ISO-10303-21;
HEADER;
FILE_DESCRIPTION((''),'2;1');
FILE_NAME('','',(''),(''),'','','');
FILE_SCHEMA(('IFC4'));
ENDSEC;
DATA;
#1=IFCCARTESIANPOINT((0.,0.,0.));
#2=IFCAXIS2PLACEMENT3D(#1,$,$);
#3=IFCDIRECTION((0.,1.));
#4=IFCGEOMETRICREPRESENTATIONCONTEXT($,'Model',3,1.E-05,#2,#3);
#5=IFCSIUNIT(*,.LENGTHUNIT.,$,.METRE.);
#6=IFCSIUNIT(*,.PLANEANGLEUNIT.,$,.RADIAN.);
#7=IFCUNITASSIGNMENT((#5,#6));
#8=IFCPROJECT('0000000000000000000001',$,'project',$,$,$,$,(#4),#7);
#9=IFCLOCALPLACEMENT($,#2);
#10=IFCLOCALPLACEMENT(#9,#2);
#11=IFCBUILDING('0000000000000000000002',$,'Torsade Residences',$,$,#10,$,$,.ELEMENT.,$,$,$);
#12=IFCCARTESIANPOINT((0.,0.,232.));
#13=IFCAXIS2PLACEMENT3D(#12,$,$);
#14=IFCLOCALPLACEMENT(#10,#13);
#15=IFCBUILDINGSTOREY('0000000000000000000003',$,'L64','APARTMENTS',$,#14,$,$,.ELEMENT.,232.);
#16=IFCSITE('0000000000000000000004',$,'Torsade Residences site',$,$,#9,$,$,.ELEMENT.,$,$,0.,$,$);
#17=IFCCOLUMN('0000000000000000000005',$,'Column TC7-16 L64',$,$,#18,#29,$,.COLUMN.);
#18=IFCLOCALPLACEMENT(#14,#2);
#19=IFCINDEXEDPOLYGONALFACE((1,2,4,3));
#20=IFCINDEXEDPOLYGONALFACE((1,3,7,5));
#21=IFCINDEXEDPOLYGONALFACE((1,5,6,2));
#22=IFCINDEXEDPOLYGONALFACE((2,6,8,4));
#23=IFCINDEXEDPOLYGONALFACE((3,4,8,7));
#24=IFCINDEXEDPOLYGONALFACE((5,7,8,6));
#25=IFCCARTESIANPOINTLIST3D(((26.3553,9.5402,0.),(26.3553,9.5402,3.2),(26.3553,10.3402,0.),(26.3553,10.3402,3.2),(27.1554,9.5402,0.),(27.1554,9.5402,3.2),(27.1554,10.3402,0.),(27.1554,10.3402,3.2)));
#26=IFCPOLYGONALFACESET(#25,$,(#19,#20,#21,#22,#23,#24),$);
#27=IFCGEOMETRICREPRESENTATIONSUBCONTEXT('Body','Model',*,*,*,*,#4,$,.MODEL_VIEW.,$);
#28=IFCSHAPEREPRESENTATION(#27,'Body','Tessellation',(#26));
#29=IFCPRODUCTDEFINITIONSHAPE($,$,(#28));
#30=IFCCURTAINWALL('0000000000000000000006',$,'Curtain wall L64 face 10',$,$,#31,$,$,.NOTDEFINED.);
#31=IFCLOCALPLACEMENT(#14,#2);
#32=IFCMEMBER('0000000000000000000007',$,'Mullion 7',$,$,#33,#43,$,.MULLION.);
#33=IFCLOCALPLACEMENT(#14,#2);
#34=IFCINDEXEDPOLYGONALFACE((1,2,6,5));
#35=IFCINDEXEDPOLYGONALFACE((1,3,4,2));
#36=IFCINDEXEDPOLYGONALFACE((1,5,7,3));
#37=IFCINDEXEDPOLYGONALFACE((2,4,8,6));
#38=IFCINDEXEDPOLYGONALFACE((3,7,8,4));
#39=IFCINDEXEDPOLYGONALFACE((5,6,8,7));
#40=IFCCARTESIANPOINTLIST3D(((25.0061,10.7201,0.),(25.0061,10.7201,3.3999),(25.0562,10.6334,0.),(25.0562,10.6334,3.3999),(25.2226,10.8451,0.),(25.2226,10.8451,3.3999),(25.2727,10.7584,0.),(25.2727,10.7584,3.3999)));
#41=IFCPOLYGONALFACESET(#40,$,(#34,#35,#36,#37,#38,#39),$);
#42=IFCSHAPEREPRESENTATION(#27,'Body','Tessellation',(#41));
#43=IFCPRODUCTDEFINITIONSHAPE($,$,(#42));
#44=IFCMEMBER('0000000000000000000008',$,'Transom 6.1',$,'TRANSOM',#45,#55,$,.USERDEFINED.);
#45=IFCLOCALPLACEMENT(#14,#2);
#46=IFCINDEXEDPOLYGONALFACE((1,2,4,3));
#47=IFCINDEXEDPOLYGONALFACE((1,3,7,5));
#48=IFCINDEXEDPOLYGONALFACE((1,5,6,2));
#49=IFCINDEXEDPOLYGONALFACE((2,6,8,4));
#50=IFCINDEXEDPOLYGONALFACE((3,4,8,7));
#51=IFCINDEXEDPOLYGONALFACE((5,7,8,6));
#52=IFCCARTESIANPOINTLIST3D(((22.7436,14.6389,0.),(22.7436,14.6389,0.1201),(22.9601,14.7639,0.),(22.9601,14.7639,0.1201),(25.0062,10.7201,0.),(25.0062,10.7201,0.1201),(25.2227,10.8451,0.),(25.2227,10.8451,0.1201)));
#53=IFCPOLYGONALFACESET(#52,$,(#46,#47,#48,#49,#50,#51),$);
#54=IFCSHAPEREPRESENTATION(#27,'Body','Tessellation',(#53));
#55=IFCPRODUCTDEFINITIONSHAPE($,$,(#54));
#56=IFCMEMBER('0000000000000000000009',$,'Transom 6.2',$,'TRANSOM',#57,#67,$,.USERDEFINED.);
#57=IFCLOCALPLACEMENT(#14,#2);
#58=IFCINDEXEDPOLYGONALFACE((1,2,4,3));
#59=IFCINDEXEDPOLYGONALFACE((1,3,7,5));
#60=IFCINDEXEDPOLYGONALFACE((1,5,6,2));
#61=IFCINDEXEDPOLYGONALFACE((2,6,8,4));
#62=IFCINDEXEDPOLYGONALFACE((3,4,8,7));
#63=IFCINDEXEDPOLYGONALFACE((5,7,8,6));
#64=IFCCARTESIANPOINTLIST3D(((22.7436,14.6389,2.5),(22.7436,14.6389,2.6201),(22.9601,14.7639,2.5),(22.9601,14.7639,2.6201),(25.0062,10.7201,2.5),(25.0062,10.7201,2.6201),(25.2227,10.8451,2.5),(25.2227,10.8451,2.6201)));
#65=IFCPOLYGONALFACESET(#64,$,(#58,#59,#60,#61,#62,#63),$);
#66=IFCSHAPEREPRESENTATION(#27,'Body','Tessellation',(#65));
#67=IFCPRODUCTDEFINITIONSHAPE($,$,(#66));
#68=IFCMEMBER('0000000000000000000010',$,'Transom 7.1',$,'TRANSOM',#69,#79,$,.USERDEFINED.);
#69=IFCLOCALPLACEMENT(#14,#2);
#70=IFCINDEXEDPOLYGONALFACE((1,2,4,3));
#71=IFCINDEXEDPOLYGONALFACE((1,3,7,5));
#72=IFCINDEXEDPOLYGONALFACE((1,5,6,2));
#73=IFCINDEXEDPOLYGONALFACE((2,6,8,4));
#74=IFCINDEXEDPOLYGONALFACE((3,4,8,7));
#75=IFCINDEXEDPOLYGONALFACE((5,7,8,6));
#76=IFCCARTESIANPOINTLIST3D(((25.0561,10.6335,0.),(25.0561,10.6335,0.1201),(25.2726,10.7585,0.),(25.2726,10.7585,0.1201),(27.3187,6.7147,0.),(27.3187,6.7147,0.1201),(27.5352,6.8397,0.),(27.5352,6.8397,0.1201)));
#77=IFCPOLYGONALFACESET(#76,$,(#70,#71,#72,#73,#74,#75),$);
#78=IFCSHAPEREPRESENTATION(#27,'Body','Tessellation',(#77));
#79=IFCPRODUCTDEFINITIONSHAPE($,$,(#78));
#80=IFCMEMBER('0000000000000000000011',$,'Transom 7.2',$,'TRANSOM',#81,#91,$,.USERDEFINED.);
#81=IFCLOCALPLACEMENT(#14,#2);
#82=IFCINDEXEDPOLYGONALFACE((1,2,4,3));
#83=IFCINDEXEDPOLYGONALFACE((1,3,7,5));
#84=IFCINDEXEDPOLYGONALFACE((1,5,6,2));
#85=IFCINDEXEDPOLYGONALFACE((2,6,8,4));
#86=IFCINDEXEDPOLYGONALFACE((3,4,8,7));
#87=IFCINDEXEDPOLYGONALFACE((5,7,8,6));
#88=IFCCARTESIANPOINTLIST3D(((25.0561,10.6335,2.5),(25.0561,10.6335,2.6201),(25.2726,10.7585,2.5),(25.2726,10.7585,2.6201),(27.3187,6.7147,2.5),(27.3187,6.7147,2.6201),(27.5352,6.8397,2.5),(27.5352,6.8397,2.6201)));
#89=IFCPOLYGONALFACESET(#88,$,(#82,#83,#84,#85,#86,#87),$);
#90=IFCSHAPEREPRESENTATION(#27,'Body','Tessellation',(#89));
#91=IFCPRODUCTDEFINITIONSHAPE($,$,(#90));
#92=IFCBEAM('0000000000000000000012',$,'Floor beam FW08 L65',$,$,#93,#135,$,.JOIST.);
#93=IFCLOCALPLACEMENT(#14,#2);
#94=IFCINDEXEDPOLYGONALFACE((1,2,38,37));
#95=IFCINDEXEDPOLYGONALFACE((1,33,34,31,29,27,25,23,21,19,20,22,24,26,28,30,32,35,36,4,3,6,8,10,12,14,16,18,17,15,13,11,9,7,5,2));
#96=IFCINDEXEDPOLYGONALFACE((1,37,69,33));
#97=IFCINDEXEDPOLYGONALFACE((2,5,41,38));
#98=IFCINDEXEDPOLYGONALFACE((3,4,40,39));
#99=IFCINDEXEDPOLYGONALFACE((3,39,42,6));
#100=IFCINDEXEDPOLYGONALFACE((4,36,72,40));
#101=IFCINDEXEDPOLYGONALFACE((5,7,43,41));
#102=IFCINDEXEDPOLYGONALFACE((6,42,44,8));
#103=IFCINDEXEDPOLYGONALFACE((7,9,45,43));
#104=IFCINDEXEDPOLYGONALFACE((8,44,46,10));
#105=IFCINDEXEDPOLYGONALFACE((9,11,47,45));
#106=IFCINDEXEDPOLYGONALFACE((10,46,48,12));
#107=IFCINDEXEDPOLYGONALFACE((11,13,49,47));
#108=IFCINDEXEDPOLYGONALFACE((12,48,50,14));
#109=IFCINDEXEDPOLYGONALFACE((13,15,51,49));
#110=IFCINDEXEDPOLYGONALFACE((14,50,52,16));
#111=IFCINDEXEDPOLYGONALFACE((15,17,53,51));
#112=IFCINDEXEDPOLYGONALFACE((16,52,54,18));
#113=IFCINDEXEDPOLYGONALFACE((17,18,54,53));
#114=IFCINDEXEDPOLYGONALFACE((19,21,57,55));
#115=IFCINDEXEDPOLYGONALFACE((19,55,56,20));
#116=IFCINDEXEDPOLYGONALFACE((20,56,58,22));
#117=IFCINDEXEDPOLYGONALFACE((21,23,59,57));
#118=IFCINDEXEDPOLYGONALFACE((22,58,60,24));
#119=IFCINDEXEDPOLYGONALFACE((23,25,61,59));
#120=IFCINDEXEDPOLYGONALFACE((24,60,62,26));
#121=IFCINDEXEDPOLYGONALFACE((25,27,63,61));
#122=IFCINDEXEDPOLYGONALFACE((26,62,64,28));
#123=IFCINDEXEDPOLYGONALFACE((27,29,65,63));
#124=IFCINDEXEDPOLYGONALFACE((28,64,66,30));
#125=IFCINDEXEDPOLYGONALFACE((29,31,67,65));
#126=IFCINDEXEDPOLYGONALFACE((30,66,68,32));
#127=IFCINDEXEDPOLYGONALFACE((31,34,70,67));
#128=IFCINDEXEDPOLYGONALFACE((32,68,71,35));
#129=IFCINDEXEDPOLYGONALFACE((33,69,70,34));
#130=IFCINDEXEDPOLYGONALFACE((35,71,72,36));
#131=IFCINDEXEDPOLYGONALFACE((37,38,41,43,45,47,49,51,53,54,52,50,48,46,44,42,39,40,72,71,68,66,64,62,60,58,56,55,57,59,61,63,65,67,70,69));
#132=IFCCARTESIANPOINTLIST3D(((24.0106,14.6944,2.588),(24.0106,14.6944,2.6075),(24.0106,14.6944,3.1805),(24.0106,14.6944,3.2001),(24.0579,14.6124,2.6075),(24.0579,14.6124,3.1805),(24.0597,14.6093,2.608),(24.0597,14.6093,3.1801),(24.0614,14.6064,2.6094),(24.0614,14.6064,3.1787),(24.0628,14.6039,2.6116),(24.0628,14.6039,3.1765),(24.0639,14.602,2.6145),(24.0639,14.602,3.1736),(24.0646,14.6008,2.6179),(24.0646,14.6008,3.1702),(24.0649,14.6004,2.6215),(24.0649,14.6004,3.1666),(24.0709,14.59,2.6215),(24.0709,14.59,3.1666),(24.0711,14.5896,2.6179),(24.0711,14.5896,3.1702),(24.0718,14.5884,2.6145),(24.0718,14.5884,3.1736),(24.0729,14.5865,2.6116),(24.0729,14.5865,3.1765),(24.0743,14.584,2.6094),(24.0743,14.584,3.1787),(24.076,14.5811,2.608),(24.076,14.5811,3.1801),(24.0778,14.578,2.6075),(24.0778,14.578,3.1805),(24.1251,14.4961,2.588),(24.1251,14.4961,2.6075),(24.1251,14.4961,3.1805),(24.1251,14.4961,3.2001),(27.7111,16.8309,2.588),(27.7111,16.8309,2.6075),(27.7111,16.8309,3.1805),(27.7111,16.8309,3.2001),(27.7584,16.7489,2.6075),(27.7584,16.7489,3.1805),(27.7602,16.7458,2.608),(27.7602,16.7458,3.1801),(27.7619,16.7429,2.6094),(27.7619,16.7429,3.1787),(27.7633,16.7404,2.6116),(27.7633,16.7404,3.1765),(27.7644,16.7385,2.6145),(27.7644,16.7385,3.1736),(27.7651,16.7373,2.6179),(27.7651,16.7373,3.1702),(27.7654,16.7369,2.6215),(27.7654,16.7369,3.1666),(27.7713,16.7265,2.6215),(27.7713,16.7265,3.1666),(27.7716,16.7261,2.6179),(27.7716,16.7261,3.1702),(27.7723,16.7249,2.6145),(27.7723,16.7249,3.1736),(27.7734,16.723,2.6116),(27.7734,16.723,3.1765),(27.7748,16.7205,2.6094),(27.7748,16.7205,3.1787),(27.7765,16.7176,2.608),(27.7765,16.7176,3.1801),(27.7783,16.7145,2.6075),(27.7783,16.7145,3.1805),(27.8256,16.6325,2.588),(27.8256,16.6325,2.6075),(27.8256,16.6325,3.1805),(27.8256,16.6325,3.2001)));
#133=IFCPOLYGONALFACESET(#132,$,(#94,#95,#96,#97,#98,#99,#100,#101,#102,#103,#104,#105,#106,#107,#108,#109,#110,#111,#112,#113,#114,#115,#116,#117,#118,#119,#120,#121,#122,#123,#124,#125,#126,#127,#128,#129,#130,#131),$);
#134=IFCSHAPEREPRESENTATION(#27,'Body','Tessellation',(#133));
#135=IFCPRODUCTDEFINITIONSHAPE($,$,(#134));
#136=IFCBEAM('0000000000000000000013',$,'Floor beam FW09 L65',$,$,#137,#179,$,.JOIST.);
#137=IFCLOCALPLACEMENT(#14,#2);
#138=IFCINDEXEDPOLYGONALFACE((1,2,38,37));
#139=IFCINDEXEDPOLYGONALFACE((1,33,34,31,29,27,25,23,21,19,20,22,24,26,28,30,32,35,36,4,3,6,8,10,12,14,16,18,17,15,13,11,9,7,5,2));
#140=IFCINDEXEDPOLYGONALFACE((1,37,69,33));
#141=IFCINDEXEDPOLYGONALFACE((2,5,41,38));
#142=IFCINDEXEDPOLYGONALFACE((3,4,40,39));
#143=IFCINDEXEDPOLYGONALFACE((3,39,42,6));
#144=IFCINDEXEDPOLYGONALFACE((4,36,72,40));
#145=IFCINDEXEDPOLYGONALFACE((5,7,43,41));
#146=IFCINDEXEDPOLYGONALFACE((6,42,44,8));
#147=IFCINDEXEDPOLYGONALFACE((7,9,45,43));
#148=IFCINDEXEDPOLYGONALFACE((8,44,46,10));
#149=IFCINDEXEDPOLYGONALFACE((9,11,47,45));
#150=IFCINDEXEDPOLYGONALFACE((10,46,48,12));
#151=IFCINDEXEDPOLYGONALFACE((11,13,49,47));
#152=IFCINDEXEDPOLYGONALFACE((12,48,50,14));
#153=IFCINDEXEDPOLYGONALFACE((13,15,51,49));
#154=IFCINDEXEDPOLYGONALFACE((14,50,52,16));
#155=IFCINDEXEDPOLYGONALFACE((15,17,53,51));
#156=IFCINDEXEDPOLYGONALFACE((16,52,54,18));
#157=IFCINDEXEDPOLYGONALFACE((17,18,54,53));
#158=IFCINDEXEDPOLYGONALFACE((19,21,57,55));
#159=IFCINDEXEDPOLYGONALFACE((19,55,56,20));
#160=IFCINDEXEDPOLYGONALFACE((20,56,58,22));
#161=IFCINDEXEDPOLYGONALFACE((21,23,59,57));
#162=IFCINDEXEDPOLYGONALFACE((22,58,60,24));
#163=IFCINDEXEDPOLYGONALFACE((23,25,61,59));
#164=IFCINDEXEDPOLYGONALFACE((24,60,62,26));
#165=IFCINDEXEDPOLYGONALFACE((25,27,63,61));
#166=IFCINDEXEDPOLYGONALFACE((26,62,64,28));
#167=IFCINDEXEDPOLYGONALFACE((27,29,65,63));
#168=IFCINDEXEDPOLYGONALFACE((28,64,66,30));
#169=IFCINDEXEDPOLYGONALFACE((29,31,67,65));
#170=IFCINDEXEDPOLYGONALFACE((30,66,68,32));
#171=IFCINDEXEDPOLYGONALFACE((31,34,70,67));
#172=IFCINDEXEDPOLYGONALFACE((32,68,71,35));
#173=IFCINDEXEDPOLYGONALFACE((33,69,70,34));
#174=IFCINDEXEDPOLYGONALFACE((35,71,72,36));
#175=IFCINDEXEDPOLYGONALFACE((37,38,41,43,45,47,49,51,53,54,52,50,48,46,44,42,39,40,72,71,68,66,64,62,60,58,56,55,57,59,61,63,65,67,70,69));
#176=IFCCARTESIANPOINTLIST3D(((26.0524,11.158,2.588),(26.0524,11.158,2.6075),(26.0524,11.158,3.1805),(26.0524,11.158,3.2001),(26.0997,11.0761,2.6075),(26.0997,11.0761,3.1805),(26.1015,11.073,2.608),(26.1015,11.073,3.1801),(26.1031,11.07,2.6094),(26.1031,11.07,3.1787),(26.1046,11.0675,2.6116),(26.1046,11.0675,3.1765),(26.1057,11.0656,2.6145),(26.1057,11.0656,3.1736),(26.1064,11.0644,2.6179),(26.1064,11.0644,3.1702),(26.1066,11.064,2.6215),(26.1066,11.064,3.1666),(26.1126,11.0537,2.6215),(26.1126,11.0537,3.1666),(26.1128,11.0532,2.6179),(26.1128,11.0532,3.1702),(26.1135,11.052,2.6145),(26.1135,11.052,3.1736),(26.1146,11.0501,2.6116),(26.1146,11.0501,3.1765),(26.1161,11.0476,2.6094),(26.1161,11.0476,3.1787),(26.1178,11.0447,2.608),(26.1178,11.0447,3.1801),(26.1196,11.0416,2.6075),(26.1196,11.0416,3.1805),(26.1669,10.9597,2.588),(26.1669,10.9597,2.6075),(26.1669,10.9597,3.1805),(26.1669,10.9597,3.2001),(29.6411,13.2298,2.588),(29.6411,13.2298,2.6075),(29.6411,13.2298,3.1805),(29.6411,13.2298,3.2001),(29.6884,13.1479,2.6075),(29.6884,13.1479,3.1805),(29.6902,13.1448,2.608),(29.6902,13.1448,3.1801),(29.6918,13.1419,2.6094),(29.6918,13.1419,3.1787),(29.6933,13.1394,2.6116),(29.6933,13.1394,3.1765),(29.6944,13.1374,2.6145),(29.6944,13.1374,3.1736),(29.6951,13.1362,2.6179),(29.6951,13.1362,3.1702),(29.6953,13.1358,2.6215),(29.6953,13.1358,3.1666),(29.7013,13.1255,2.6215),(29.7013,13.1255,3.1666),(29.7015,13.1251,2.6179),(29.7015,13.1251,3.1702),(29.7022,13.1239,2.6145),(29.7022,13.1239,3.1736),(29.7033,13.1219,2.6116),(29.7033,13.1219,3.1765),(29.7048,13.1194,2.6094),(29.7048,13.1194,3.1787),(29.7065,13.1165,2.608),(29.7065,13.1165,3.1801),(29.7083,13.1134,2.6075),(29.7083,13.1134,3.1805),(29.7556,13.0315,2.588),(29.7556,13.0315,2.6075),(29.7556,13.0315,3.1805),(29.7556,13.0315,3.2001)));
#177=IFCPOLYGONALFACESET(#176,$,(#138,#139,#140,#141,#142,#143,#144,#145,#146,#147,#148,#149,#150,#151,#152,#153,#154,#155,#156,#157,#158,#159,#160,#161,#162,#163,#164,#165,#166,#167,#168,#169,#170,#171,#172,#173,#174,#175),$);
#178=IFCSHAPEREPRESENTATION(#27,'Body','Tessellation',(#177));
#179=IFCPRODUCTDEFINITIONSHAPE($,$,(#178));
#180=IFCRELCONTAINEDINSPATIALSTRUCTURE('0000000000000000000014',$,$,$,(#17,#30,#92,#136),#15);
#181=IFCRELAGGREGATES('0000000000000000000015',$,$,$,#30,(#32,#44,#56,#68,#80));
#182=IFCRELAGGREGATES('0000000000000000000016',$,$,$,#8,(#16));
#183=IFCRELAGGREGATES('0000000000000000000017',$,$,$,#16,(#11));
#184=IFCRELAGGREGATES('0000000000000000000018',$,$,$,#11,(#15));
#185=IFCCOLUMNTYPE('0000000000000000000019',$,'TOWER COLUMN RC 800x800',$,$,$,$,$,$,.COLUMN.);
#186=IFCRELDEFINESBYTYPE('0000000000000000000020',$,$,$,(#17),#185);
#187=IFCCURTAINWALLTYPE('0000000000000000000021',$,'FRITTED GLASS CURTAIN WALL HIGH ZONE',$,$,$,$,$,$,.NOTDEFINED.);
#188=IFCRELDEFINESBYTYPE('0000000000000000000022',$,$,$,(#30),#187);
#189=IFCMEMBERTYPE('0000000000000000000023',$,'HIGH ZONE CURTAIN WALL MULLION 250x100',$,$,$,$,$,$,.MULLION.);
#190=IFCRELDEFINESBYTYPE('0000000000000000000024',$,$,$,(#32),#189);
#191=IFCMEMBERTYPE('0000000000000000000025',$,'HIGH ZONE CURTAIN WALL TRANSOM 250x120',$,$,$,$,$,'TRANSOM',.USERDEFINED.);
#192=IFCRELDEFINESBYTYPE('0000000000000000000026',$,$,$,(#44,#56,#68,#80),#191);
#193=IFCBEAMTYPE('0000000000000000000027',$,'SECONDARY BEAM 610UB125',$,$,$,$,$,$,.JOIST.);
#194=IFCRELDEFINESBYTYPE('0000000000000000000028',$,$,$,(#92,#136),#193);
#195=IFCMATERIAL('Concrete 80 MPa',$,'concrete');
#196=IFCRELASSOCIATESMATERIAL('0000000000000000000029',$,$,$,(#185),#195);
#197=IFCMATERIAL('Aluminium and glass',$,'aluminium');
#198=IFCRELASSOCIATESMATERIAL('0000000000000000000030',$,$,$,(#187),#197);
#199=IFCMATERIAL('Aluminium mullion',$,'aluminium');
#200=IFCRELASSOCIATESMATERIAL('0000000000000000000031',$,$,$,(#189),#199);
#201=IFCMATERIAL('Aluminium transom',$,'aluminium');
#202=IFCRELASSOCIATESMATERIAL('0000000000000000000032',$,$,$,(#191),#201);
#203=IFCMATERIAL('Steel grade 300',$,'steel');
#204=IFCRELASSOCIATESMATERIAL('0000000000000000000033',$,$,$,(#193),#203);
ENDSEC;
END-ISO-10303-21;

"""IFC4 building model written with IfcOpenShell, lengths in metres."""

from ifc_helpers import new_model, si_unit, direction, frame, origin, origin_2d, place, context, subcontext, project, spatial, rectangle, i_section, extrude, material, material_profile, profile_set, type_object, element, aggregate, save


model = new_model("IFC4")

# Units and contexts
model_context = context("Model", 3, precision=1e-05, world=origin(), true_north=direction((0.0, 1.0)))
body_context = subcontext(model_context, "Body", "Model", "MODEL_VIEW")
ifc_project = project(units=[si_unit("LENGTHUNIT", "METRE"), si_unit("PLANEANGLEUNIT", "RADIAN")], contexts=[model_context])

# Site, building, storey
site_placement = place(None, origin())
site = spatial("IfcSite", under=ifc_project, at=site_placement, Name="Torsade Residences site", CompositionType="ELEMENT", RefElevation=0.0)
building_placement = place(site_placement, origin())
building = spatial("IfcBuilding", under=site, at=building_placement, Name="Torsade Residences", CompositionType="ELEMENT")
storey_placement = place(building_placement, frame((0.0, 0.0, 232.0)))
storey = spatial("IfcBuildingStorey", under=building, at=storey_placement, Name="L64", Description="APARTMENTS", CompositionType="ELEMENT", Elevation=232.0)

# Column
ifc_material_1 = material(Name="Concrete 80 MPa", Category="concrete")
ifc_material_profile_1 = material_profile(ifc_material_1, rectangle(XDim=0.8, YDim=0.8, at=origin_2d()), Name="RC 800x800")
ifc_profile_set_1 = profile_set([ifc_material_profile_1], Name="Concrete 80 MPa")
column_type = type_object("IfcColumnType", Name="TOWER COLUMN RC 800x800", PredefinedType="COLUMN", material=ifc_profile_set_1)
column_placement = place(storey_placement, frame((26.7554, 9.9402, 0.0), z_axis=(0.0, 0.0, 1.0), x_axis=(1.0, 0.0, 0.0)))
element("IfcColumn", 1, at=column_placement, inside=storey, type_object=column_type, Name="Column TC7-16 L64", PredefinedType="COLUMN", context=body_context, shape_type="SweptSolid", body=[
    extrude(rectangle(XDim=0.8, YDim=0.8, at=origin_2d()), origin(), (0.0, 0.0, 1.0), 3.2),
])

# Curtain wall, members
ifc_material_2 = material(Name="Aluminium and glass", Category="aluminium")
curtain_wall_type = type_object("IfcCurtainWallType", Name="FRITTED GLASS CURTAIN WALL HIGH ZONE", PredefinedType="NOTDEFINED", material=ifc_material_2)
curtain_wall_placement = place(storey_placement, origin())
curtain_wall = element("IfcCurtainWall", 2, at=curtain_wall_placement, inside=storey, type_object=curtain_wall_type, Name="Curtain wall L64 face 10", PredefinedType="NOTDEFINED")
ifc_material_3 = material(Name="Aluminium mullion", Category="aluminium")
ifc_material_profile_2 = material_profile(ifc_material_3, rectangle(XDim=0.25, YDim=0.1001, at=origin_2d()), Name="HIGH ZONE CURTAIN WALL MULLION 250x100")
ifc_profile_set_2 = profile_set([ifc_material_profile_2], Name="Aluminium mullion")
member_type_1 = type_object("IfcMemberType", Name="HIGH ZONE CURTAIN WALL MULLION 250x100", PredefinedType="MULLION", material=ifc_profile_set_2)
member_1_placement = place(storey_placement, frame((25.1394, 10.7393, 0.0), z_axis=(0.0, 0.0, 1.0), x_axis=(0.866025, 0.5, 0.0)))
member_1 = element("IfcMember", 3, at=member_1_placement, type_object=member_type_1, Name="Mullion 7", PredefinedType="MULLION", context=body_context, shape_type="SweptSolid", body=[
    extrude(rectangle(XDim=0.25, YDim=0.1001, at=origin_2d()), origin(), (0.0, 0.0, 1.0), 3.3999),
])
ifc_material_4 = material(Name="Aluminium transom", Category="aluminium")
ifc_material_profile_3 = material_profile(ifc_material_4, rectangle(XDim=0.25, YDim=0.1201, at=origin_2d()), Name="HIGH ZONE CURTAIN WALL TRANSOM 250x120")
ifc_profile_set_3 = profile_set([ifc_material_profile_3], Name="Aluminium transom")
member_type_2 = type_object("IfcMemberType", Name="HIGH ZONE CURTAIN WALL TRANSOM 250x120", ElementType="TRANSOM", PredefinedType="USERDEFINED", material=ifc_profile_set_3)
member_2_placement = place(storey_placement, frame((22.8518, 14.7014, 0.0601), z_axis=(0.500015, -0.866017, 0.0), x_axis=(0.866017, 0.500015, 0.0)))
member_2 = element("IfcMember", 4, at=member_2_placement, type_object=member_type_2, Name="Transom 6.1", ObjectType="TRANSOM", PredefinedType="USERDEFINED", context=body_context, shape_type="SweptSolid", body=[
    extrude(rectangle(XDim=0.25, YDim=0.1201, at=origin_2d()), origin(), (0.0, 0.0, 1.0), 4.5251),
])
member_3_placement = place(storey_placement, frame((22.8518, 14.7014, 2.5601), z_axis=(0.500015, -0.866017, 0.0), x_axis=(0.866017, 0.500015, 0.0)))
member_3 = element("IfcMember", 5, at=member_3_placement, type_object=member_type_2, Name="Transom 6.2", ObjectType="TRANSOM", PredefinedType="USERDEFINED", context=body_context, shape_type="SweptSolid", body=[
    extrude(rectangle(XDim=0.25, YDim=0.1201, at=origin_2d()), origin(), (0.0, 0.0, 1.0), 4.5251),
])
member_4_placement = place(storey_placement, frame((25.1643, 10.696, 0.0601), z_axis=(0.500015, -0.866017, 0.0), x_axis=(0.866017, 0.500015, 0.0)))
member_4 = element("IfcMember", 6, at=member_4_placement, type_object=member_type_2, Name="Transom 7.1", ObjectType="TRANSOM", PredefinedType="USERDEFINED", context=body_context, shape_type="SweptSolid", body=[
    extrude(rectangle(XDim=0.25, YDim=0.1201, at=origin_2d()), origin(), (0.0, 0.0, 1.0), 4.5251),
])
member_5_placement = place(storey_placement, frame((25.1643, 10.696, 2.5601), z_axis=(0.500015, -0.866017, 0.0), x_axis=(0.866017, 0.500015, 0.0)))
member_5 = element("IfcMember", 7, at=member_5_placement, type_object=member_type_2, Name="Transom 7.2", ObjectType="TRANSOM", PredefinedType="USERDEFINED", context=body_context, shape_type="SweptSolid", body=[
    extrude(rectangle(XDim=0.25, YDim=0.1201, at=origin_2d()), origin(), (0.0, 0.0, 1.0), 4.5251),
])

# Beams
ifc_material_5 = material(Name="Steel grade 300", Category="steel")
ifc_material_profile_4 = material_profile(ifc_material_5, i_section(OverallWidth=0.229, OverallDepth=0.6121, WebThickness=0.012, FlangeThickness=0.0195, FilletRadius=0.0139, at=origin_2d()), Name="610UB125")
ifc_profile_set_4 = profile_set([ifc_material_profile_4], Name="Steel grade 300")
beam_type_1 = type_object("IfcBeamType", Name="SECONDARY BEAM 610UB125", PredefinedType="JOIST", material=ifc_profile_set_4)
beam_1_placement = place(storey_placement, frame((24.0679, 14.5952, 2.894), z_axis=(0.866023, 0.500004, 0.0), x_axis=(-0.500004, 0.866023, 0.0)))
element("IfcBeam", 8, at=beam_1_placement, inside=storey, type_object=beam_type_1, Name="Floor beam FW08 L65", PredefinedType="JOIST", context=body_context, shape_type="SweptSolid", body=[
    extrude(i_section(OverallWidth=0.229, OverallDepth=0.6121, WebThickness=0.012, FlangeThickness=0.0195, FilletRadius=0.0139, at=origin_2d()), origin(), (0.0, 0.0, 1.0), 4.2729),
])
beam_2_placement = place(storey_placement, frame((26.1096, 11.0588, 2.894), z_axis=(0.866037, 0.499979, 0.0), x_axis=(-0.499979, 0.866037, 0.0)))
element("IfcBeam", 9, at=beam_2_placement, inside=storey, type_object=beam_type_1, Name="Floor beam FW09 L65", PredefinedType="JOIST", context=body_context, shape_type="SweptSolid", body=[
    extrude(i_section(OverallWidth=0.229, OverallDepth=0.6121, WebThickness=0.012, FlangeThickness=0.0195, FilletRadius=0.0139, at=origin_2d()), origin(), (0.0, 0.0, 1.0), 4.1438),
])

aggregate(curtain_wall, [member_1, member_2, member_3, member_4, member_5])

save(model, "model.ifc")
